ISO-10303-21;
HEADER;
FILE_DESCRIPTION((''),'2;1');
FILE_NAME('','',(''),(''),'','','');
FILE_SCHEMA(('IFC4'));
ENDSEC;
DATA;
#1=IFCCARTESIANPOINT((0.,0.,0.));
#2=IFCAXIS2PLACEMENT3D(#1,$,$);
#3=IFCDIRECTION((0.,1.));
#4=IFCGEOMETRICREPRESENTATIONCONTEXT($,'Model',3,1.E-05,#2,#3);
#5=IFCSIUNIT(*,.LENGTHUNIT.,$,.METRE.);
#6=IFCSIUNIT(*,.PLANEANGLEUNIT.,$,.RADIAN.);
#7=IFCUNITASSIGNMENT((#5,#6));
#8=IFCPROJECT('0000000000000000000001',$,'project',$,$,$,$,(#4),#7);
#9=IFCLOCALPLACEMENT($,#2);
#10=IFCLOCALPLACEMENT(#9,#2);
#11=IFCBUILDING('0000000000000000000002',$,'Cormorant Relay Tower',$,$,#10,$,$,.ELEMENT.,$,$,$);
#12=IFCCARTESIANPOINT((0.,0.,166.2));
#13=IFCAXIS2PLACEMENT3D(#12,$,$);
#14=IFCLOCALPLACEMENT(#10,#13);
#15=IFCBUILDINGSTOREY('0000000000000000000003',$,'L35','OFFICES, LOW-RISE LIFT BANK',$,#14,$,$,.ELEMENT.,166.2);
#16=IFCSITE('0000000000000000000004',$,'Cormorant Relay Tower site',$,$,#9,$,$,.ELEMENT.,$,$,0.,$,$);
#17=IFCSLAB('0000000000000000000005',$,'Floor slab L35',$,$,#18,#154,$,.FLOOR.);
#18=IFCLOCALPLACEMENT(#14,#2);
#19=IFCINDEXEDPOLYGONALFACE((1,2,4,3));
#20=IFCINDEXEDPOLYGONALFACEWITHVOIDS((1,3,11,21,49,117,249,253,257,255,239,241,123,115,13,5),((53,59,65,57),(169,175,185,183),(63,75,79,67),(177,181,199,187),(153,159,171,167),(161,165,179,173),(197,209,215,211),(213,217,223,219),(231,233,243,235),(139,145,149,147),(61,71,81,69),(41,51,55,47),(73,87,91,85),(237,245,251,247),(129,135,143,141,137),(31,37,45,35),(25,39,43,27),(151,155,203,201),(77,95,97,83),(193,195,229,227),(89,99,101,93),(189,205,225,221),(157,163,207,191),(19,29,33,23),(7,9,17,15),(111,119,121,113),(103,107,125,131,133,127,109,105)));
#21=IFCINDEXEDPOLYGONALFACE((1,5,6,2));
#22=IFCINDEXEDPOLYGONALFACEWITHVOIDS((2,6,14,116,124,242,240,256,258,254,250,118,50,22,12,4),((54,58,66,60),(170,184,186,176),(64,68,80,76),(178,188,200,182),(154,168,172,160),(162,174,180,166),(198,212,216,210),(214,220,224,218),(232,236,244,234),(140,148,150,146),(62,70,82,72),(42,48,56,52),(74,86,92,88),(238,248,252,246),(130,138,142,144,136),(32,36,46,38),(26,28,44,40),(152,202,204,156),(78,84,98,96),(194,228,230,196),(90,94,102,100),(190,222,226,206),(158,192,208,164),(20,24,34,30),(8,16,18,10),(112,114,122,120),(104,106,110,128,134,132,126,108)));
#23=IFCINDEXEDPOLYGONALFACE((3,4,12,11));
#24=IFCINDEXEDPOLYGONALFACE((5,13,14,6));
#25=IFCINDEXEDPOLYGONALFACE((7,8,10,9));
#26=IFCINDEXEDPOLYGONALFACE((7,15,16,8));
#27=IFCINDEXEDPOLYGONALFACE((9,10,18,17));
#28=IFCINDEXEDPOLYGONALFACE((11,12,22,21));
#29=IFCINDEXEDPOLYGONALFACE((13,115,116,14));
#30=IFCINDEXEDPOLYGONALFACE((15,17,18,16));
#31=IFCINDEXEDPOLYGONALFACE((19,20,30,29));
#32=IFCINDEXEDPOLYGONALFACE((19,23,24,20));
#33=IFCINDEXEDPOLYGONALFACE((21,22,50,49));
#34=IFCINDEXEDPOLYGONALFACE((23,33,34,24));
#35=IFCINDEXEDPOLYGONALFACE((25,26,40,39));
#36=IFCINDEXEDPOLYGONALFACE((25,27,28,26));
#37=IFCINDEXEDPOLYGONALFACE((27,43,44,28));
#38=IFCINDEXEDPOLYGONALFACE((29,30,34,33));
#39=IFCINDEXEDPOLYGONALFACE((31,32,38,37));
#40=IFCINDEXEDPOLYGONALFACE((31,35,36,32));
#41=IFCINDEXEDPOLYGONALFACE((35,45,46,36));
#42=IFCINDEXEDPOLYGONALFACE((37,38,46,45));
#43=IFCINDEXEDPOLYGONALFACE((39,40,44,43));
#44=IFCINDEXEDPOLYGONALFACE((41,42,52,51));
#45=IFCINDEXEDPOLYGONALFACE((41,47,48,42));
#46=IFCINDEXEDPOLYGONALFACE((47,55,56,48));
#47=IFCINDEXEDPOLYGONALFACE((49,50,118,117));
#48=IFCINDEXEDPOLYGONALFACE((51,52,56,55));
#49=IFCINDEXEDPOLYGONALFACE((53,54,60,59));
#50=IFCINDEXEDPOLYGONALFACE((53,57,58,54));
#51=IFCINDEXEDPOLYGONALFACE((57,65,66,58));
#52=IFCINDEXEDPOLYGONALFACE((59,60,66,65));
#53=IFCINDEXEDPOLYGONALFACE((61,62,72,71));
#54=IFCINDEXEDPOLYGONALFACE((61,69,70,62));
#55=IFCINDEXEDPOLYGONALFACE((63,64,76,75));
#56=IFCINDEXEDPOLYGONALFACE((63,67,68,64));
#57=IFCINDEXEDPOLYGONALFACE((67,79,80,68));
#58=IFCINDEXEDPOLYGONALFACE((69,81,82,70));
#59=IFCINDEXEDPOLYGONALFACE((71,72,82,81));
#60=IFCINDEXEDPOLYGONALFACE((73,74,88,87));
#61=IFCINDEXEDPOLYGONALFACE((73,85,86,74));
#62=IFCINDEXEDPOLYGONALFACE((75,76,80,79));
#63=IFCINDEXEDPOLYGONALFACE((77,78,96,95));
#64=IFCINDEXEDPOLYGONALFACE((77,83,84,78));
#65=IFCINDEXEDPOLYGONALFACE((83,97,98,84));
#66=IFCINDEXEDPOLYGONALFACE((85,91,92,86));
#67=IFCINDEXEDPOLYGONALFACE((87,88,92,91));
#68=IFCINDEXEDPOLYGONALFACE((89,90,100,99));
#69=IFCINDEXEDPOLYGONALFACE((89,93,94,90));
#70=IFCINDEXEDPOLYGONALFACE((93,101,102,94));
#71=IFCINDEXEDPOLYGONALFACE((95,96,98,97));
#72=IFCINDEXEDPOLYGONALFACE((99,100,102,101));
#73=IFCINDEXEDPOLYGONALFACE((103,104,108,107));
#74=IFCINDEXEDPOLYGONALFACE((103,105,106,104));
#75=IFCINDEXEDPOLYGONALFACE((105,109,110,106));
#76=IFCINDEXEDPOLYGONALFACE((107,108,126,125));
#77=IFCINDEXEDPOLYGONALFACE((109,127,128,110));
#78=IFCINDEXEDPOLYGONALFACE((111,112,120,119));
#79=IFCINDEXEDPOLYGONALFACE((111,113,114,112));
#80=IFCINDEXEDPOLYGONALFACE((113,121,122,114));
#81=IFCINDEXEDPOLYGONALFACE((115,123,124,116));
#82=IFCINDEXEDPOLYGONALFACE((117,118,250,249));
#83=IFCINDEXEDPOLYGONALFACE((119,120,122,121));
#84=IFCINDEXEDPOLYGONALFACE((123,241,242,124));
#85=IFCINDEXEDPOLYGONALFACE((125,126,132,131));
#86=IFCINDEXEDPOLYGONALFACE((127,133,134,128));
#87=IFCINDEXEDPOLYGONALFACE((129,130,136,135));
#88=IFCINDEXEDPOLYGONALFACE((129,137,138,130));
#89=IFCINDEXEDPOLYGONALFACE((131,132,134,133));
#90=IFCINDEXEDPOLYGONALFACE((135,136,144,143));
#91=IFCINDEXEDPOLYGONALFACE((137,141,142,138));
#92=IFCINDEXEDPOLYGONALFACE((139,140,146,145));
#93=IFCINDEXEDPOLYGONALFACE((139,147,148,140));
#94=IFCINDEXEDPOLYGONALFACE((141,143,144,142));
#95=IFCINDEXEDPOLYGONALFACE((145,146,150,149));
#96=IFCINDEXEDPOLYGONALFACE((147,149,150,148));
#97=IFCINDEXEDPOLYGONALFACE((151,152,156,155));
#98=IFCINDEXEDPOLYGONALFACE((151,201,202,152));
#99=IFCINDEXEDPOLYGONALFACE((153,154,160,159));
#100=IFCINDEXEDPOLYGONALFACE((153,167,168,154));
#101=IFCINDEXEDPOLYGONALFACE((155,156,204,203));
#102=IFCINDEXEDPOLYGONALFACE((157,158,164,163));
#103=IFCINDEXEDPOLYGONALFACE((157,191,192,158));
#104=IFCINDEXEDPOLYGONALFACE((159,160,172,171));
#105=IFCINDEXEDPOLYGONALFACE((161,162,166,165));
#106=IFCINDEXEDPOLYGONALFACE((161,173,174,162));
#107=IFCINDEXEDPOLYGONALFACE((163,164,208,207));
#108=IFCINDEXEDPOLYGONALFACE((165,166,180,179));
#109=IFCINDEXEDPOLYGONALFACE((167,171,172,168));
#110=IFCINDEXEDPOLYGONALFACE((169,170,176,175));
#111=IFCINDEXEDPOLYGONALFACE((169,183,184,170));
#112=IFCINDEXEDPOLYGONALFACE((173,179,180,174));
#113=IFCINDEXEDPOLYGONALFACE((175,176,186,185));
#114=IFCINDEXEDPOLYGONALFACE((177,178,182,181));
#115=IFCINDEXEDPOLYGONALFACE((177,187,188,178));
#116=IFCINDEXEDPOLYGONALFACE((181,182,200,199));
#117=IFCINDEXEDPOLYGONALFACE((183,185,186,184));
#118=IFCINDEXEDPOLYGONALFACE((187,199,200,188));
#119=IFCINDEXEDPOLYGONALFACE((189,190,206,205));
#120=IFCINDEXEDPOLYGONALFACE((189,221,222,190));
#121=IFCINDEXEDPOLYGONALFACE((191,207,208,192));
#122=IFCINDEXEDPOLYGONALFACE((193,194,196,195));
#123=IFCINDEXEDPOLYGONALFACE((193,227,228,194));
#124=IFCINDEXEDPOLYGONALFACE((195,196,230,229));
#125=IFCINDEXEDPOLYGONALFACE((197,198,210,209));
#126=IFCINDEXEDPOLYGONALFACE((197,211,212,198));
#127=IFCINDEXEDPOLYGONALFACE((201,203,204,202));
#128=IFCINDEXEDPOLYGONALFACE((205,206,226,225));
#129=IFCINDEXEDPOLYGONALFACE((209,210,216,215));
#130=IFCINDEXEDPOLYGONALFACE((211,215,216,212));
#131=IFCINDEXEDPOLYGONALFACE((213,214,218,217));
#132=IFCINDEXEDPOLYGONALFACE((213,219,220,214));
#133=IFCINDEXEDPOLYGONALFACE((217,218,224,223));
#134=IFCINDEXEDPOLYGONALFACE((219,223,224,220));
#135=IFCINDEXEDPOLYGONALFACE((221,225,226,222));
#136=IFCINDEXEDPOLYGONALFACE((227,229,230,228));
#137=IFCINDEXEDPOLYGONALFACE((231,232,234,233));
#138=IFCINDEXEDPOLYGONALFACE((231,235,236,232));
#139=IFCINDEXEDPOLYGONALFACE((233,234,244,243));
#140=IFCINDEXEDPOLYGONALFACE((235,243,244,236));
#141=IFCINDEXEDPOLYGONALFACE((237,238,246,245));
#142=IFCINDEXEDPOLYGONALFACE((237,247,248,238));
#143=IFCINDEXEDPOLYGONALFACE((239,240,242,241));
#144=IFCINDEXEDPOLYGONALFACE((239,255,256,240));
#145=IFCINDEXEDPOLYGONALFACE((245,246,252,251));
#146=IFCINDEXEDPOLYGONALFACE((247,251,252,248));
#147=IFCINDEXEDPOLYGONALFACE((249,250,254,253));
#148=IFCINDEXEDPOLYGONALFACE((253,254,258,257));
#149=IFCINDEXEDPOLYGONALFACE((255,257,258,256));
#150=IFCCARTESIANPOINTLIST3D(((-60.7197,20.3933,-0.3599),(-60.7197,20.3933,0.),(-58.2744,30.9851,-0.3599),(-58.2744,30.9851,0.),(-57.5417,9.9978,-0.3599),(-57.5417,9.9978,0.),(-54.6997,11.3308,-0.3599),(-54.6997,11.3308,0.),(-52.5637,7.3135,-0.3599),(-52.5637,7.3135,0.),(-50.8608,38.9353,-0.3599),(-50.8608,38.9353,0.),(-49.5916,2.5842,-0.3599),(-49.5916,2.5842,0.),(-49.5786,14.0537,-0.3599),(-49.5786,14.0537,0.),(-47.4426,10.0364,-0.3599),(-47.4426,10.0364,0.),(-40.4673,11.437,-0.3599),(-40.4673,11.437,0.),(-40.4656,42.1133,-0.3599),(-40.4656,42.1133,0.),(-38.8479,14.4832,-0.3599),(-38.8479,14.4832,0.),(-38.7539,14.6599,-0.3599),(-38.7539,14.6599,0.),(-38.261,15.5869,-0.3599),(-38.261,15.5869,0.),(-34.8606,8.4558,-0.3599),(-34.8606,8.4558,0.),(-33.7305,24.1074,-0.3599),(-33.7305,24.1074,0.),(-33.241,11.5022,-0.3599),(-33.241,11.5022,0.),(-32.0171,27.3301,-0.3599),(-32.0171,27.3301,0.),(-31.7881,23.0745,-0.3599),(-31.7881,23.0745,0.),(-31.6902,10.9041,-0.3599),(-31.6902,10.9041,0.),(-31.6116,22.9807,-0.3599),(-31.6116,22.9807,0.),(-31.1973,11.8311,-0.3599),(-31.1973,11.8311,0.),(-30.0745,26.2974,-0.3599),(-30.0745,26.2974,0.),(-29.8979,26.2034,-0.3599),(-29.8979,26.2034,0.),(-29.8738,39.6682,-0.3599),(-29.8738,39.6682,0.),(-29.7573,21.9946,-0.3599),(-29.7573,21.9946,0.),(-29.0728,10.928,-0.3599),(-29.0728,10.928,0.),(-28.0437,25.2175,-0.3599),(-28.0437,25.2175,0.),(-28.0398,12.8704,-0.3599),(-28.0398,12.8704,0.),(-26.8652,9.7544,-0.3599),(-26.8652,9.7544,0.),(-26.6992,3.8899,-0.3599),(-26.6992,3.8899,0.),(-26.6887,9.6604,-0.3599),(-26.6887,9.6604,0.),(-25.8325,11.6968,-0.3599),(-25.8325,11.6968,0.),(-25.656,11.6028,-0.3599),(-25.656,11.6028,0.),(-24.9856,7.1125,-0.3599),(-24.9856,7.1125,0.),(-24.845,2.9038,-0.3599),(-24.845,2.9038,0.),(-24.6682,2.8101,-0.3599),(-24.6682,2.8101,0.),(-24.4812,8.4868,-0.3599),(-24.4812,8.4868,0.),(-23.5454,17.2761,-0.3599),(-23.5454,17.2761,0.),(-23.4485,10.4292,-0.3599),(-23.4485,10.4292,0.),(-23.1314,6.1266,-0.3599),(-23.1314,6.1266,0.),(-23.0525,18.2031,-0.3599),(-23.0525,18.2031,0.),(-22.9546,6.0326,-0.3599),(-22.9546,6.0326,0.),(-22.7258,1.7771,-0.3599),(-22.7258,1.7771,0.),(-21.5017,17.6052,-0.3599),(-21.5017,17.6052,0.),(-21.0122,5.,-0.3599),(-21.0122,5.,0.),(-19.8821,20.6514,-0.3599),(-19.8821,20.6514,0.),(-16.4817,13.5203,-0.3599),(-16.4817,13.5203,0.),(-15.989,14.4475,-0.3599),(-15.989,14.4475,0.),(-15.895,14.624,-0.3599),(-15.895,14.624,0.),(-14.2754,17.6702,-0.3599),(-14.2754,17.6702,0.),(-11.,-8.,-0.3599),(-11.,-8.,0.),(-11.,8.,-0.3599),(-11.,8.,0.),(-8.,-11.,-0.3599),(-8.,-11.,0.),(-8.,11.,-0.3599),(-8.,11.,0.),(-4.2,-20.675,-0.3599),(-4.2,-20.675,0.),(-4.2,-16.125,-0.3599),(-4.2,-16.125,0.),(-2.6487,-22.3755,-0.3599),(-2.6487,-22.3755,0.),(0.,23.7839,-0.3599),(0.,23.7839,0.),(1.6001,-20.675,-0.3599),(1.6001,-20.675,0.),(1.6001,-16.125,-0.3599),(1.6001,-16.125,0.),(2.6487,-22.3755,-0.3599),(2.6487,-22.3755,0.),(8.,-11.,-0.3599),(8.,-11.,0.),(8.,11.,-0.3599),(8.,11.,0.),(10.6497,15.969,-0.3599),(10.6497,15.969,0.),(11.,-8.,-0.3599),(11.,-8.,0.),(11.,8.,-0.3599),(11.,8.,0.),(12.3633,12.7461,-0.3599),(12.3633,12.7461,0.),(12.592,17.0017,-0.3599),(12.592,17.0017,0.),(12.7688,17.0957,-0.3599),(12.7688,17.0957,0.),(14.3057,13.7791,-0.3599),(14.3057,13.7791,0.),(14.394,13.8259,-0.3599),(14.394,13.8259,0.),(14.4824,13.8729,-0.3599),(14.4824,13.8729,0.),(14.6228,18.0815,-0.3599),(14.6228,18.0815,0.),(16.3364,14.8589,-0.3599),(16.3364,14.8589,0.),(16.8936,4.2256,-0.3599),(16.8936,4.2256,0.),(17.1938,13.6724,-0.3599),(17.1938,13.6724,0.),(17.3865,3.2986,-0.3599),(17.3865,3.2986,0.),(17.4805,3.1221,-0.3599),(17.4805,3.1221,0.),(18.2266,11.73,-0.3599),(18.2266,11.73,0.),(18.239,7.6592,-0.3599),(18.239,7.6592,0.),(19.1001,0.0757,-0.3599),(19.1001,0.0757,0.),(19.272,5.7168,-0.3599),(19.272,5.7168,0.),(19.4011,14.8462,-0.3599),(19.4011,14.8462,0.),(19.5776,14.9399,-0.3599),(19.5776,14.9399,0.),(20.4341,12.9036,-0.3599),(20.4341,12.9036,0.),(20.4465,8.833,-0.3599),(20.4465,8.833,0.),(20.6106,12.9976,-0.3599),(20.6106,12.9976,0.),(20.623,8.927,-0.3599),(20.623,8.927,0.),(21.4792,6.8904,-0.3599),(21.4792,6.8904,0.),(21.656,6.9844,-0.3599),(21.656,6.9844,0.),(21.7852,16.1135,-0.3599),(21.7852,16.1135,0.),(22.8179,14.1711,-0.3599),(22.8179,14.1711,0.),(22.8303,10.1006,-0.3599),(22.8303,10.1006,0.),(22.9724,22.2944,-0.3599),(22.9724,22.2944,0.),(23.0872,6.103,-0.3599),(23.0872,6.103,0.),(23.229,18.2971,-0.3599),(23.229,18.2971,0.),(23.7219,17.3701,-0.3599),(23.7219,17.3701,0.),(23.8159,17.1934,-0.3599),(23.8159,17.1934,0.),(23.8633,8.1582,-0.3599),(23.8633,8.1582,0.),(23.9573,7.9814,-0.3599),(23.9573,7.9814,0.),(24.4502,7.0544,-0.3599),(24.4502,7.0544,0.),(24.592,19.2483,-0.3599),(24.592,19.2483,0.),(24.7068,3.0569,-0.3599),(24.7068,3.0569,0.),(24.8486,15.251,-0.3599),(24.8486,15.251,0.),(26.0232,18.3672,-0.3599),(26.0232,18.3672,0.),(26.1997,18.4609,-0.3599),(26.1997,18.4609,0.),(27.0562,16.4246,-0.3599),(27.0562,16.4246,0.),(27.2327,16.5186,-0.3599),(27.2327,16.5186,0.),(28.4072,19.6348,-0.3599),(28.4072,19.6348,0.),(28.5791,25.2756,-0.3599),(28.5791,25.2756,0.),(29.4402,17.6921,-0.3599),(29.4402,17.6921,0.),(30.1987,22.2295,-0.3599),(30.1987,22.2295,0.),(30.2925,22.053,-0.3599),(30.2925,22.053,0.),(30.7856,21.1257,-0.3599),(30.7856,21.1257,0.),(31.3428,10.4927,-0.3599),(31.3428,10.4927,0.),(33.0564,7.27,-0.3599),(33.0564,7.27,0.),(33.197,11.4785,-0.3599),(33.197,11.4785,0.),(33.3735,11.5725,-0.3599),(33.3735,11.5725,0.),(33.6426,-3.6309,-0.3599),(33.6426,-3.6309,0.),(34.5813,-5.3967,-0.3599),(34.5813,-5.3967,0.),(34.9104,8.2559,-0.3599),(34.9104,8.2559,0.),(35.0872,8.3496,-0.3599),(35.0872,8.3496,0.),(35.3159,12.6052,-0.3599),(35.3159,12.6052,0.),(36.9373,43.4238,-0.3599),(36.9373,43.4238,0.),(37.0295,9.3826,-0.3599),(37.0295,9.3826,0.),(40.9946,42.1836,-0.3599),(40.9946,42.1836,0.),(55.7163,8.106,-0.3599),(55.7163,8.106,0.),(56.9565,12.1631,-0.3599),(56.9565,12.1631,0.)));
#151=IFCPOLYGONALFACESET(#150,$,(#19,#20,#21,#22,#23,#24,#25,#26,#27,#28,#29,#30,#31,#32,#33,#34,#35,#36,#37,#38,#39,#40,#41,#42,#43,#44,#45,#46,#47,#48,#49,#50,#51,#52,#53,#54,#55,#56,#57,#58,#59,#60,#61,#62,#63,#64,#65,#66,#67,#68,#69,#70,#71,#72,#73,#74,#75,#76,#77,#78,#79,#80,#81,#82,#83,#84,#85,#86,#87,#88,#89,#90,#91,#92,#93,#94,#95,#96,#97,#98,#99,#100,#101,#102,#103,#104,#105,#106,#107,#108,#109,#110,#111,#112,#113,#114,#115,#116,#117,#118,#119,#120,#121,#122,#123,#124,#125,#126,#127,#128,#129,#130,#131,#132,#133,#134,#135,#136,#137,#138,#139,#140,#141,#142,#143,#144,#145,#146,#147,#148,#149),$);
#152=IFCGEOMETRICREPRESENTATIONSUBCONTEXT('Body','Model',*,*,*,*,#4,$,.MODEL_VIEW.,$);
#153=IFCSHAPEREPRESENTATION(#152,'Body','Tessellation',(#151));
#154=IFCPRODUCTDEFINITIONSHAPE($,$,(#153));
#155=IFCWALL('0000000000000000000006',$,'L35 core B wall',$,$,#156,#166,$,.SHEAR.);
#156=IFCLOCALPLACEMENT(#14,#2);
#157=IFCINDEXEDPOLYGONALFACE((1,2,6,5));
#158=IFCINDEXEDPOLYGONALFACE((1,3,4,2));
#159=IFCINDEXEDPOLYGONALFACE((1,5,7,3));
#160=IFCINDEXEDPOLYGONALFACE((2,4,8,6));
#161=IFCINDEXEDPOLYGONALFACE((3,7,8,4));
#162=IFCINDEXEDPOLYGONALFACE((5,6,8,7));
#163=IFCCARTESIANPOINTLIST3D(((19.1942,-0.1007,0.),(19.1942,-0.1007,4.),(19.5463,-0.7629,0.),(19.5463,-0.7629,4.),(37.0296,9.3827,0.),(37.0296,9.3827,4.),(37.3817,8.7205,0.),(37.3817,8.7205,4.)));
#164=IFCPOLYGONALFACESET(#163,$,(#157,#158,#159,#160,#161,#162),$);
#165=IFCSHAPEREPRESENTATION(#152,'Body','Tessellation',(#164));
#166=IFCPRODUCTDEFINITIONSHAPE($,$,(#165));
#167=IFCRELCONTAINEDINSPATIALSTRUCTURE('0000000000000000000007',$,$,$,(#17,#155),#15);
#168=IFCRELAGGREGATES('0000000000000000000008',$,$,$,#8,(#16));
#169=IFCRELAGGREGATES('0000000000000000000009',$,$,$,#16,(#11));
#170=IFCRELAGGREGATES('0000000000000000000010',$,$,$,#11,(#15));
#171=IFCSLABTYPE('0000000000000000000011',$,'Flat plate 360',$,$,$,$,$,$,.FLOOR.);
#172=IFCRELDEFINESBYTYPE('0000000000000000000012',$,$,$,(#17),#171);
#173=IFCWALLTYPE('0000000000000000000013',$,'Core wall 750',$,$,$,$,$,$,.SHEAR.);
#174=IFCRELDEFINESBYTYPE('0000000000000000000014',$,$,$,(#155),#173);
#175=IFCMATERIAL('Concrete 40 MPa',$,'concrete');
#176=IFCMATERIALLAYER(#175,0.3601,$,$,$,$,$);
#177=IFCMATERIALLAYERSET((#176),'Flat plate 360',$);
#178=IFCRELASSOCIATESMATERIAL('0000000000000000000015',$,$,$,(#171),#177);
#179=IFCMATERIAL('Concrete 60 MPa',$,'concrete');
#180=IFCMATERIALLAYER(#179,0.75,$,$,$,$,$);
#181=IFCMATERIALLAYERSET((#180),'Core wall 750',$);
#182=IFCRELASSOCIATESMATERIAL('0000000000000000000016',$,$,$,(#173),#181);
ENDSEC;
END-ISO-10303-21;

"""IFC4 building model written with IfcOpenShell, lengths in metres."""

from ifc_helpers import new_model, si_unit, direction, frame, frame_2d, origin, place, context, subcontext, project, spatial, polyline, rectangle, outline, extrude, material, layer, layer_set, type_object, element, save


model = new_model("IFC4")

# Units and contexts
model_context = context("Model", 3, precision=1e-05, world=origin(), true_north=direction((0.0, 1.0)))
body_context = subcontext(model_context, "Body", "Model", "MODEL_VIEW")
ifc_project = project(units=[si_unit("LENGTHUNIT", "METRE"), si_unit("PLANEANGLEUNIT", "RADIAN")], contexts=[model_context])

# Site, building, storey
site_placement = place(None, origin())
site = spatial("IfcSite", under=ifc_project, at=site_placement, Name="Cormorant Relay Tower site", CompositionType="ELEMENT", RefElevation=0.0)
building_placement = place(site_placement, origin())
building = spatial("IfcBuilding", under=site, at=building_placement, Name="Cormorant Relay Tower", CompositionType="ELEMENT")
storey_placement = place(building_placement, frame((0.0, 0.0, 166.2)))
storey = spatial("IfcBuildingStorey", under=building, at=storey_placement, Name="L35", Description="OFFICES, LOW-RISE LIFT BANK", CompositionType="ELEMENT", Elevation=166.2)

# Slab
ifc_material_1 = material(Name="Concrete 40 MPa", Category="concrete")
ifc_layer_1 = layer(ifc_material_1, 0.3601)
ifc_layer_set_1 = layer_set([ifc_layer_1], Name="Flat plate 360")
slab_type_1 = type_object("IfcSlabType", Name="Flat plate 360", PredefinedType="FLOOR", material=ifc_layer_set_1)
slab_1_placement = place(storey_placement, frame((0.0, 0.0, -0.3599)))
element("IfcSlab", 1, at=slab_1_placement, inside=storey, type_object=slab_type_1, Name="Floor slab L35", PredefinedType="FLOOR", context=body_context, shape_type="SweptSolid", body=[
    extrude(outline(polyline([(-60.7197, 20.3933), (-58.2744, 30.9851), (-50.8608, 38.9353), (-40.4656, 42.1133), (-29.8738, 39.6682), (0.0, 23.7839), (36.9373, 43.4238), (40.9946, 42.1836), (56.9565, 12.1631), (55.7163, 8.106), (33.6426, -3.6309), (34.5813, -5.3967), (2.6487, -22.3755), (-2.6487, -22.3755), (-49.5916, 2.5842), (-57.5417, 9.9978), (-60.7197, 20.3933)]), holes=[polyline([(11.0, -8.0), (11.0, 8.0), (8.0, 11.0), (-8.0, 11.0), (-11.0, 8.0), (-11.0, -8.0), (-8.0, -11.0), (8.0, -11.0), (11.0, -8.0)]), polyline([(-4.2, -16.125), (-4.2, -20.675), (1.6001, -20.675), (1.6001, -16.125), (-4.2, -16.125)]), polyline([(-22.9546, 6.0327), (-24.6682, 2.8101), (-22.7258, 1.7771), (-21.0122, 5.0), (-23.043, 6.0796), (-22.9546, 6.0327)]), polyline([(-24.9856, 7.1125), (-26.6992, 3.8899), (-24.845, 2.9038), (-23.1313, 6.1267), (-23.043, 6.0796), (-24.9856, 7.1125)]), polyline([(-24.4812, 8.4868), (-23.4485, 10.4292), (-25.656, 11.6028), (-26.6887, 9.6604), (-24.4812, 8.4868)]), polyline([(-49.5786, 14.0537), (-54.6997, 11.3308), (-52.5637, 7.3135), (-47.4426, 10.0364), (-49.5786, 14.0537)]), polyline([(-25.8325, 11.6968), (-28.0398, 12.8704), (-29.0728, 10.928), (-26.8652, 9.7544), (-25.8325, 11.6968)]), polyline([(-38.8479, 14.4832), (-40.4673, 11.437), (-34.8606, 8.4558), (-33.241, 11.5022), (-38.8479, 14.4832)]), polyline([(-38.261, 15.5869), (-38.7539, 14.6599), (-31.6902, 10.9041), (-31.1973, 11.8311), (-38.261, 15.5869)]), polyline([(14.3057, 13.7791), (12.592, 17.0017), (10.6497, 15.969), (12.3633, 12.7461), (14.394, 13.8259), (14.3057, 13.7791)]), polyline([(16.3364, 14.8589), (14.6228, 18.0815), (12.7688, 17.0957), (14.4824, 13.8728), (14.394, 13.8259), (16.3364, 14.8589)]), polyline([(-16.4817, 13.5203), (-15.989, 14.4475), (-23.0525, 18.2031), (-23.5454, 17.2761), (-16.4817, 13.5203)]), polyline([(-21.5017, 17.6052), (-15.895, 14.624), (-14.2754, 17.6702), (-19.8821, 20.6514), (-21.5017, 17.6052)]), polyline([(-31.6116, 22.9807), (-29.7573, 21.9946), (-28.0437, 25.2175), (-29.8979, 26.2034), (-31.6116, 22.9807)]), polyline([(-32.0171, 27.3301), (-33.7305, 24.1074), (-31.7881, 23.0745), (-30.0745, 26.2974), (-32.0171, 27.3301)]), polyline([(17.4805, 3.1221), (19.1001, 0.0757), (24.7068, 3.0569), (23.0872, 6.103), (17.4805, 3.1221)]), polyline([(16.8936, 4.2256), (17.3865, 3.2986), (24.4502, 7.0544), (23.9573, 7.9814), (16.8936, 4.2256)]), polyline([(20.4465, 8.833), (18.239, 7.6592), (19.272, 5.7168), (21.4792, 6.8904), (20.4465, 8.833)]), polyline([(21.656, 6.9844), (23.8633, 8.1582), (22.8303, 10.1006), (20.623, 8.927), (21.656, 6.9844)]), polyline([(33.197, 11.4785), (31.3428, 10.4927), (33.0564, 7.27), (34.9104, 8.2559), (33.197, 11.4785)]), polyline([(33.3735, 11.5725), (35.0872, 8.3496), (37.0295, 9.3826), (35.3159, 12.6052), (33.3735, 11.5725)]), polyline([(17.1938, 13.6724), (18.2266, 11.73), (20.4341, 12.9036), (19.4011, 14.8462), (17.1938, 13.6724)]), polyline([(20.6106, 12.9976), (22.8179, 14.1711), (21.7852, 16.1135), (19.5776, 14.9399), (20.6106, 12.9976)]), polyline([(26.0232, 18.3672), (23.8159, 17.1934), (24.8486, 15.251), (27.0562, 16.4246), (26.0232, 18.3672)]), polyline([(29.4402, 17.6921), (28.4072, 19.6348), (26.1997, 18.4609), (27.2327, 16.5186), (29.4402, 17.6921)]), polyline([(30.7856, 21.1257), (30.2925, 22.053), (23.229, 18.2971), (23.7219, 17.3701), (30.7856, 21.1257)]), polyline([(24.592, 19.2483), (30.1987, 22.2295), (28.5791, 25.2756), (22.9724, 22.2944), (24.592, 19.2483)])]), origin(), (0.0, 0.0, 1.0), 0.3599),
])

# Shared definitions
ifc_material_2 = material(Name="Concrete 60 MPa", Category="concrete")
ifc_layer_2 = layer(ifc_material_2, 0.75)
ifc_layer_set_2 = layer_set([ifc_layer_2], Name="Core wall 750")
wall_type_1 = type_object("IfcWallType", Name="Core wall 750", PredefinedType="SHEAR", material=ifc_layer_set_2)

# Wall
wall_1_placement = place(storey_placement, frame((19.3701, -0.4319, 0.0), z_axis=(0.0, 0.0, 1.0), x_axis=(0.882945, 0.469476, 0.0)))
element("IfcWall", 2, at=wall_1_placement, inside=storey, type_object=wall_type_1, Name="L35 core B wall", PredefinedType="SHEAR", context=body_context, shape_type="SweptSolid", body=[
    extrude(rectangle(XDim=20.2, YDim=0.75, at=frame_2d((10.1001, 0.0))), origin(), (0.0, 0.0, 1.0), 4.0),
])

save(model, "model.ifc")
